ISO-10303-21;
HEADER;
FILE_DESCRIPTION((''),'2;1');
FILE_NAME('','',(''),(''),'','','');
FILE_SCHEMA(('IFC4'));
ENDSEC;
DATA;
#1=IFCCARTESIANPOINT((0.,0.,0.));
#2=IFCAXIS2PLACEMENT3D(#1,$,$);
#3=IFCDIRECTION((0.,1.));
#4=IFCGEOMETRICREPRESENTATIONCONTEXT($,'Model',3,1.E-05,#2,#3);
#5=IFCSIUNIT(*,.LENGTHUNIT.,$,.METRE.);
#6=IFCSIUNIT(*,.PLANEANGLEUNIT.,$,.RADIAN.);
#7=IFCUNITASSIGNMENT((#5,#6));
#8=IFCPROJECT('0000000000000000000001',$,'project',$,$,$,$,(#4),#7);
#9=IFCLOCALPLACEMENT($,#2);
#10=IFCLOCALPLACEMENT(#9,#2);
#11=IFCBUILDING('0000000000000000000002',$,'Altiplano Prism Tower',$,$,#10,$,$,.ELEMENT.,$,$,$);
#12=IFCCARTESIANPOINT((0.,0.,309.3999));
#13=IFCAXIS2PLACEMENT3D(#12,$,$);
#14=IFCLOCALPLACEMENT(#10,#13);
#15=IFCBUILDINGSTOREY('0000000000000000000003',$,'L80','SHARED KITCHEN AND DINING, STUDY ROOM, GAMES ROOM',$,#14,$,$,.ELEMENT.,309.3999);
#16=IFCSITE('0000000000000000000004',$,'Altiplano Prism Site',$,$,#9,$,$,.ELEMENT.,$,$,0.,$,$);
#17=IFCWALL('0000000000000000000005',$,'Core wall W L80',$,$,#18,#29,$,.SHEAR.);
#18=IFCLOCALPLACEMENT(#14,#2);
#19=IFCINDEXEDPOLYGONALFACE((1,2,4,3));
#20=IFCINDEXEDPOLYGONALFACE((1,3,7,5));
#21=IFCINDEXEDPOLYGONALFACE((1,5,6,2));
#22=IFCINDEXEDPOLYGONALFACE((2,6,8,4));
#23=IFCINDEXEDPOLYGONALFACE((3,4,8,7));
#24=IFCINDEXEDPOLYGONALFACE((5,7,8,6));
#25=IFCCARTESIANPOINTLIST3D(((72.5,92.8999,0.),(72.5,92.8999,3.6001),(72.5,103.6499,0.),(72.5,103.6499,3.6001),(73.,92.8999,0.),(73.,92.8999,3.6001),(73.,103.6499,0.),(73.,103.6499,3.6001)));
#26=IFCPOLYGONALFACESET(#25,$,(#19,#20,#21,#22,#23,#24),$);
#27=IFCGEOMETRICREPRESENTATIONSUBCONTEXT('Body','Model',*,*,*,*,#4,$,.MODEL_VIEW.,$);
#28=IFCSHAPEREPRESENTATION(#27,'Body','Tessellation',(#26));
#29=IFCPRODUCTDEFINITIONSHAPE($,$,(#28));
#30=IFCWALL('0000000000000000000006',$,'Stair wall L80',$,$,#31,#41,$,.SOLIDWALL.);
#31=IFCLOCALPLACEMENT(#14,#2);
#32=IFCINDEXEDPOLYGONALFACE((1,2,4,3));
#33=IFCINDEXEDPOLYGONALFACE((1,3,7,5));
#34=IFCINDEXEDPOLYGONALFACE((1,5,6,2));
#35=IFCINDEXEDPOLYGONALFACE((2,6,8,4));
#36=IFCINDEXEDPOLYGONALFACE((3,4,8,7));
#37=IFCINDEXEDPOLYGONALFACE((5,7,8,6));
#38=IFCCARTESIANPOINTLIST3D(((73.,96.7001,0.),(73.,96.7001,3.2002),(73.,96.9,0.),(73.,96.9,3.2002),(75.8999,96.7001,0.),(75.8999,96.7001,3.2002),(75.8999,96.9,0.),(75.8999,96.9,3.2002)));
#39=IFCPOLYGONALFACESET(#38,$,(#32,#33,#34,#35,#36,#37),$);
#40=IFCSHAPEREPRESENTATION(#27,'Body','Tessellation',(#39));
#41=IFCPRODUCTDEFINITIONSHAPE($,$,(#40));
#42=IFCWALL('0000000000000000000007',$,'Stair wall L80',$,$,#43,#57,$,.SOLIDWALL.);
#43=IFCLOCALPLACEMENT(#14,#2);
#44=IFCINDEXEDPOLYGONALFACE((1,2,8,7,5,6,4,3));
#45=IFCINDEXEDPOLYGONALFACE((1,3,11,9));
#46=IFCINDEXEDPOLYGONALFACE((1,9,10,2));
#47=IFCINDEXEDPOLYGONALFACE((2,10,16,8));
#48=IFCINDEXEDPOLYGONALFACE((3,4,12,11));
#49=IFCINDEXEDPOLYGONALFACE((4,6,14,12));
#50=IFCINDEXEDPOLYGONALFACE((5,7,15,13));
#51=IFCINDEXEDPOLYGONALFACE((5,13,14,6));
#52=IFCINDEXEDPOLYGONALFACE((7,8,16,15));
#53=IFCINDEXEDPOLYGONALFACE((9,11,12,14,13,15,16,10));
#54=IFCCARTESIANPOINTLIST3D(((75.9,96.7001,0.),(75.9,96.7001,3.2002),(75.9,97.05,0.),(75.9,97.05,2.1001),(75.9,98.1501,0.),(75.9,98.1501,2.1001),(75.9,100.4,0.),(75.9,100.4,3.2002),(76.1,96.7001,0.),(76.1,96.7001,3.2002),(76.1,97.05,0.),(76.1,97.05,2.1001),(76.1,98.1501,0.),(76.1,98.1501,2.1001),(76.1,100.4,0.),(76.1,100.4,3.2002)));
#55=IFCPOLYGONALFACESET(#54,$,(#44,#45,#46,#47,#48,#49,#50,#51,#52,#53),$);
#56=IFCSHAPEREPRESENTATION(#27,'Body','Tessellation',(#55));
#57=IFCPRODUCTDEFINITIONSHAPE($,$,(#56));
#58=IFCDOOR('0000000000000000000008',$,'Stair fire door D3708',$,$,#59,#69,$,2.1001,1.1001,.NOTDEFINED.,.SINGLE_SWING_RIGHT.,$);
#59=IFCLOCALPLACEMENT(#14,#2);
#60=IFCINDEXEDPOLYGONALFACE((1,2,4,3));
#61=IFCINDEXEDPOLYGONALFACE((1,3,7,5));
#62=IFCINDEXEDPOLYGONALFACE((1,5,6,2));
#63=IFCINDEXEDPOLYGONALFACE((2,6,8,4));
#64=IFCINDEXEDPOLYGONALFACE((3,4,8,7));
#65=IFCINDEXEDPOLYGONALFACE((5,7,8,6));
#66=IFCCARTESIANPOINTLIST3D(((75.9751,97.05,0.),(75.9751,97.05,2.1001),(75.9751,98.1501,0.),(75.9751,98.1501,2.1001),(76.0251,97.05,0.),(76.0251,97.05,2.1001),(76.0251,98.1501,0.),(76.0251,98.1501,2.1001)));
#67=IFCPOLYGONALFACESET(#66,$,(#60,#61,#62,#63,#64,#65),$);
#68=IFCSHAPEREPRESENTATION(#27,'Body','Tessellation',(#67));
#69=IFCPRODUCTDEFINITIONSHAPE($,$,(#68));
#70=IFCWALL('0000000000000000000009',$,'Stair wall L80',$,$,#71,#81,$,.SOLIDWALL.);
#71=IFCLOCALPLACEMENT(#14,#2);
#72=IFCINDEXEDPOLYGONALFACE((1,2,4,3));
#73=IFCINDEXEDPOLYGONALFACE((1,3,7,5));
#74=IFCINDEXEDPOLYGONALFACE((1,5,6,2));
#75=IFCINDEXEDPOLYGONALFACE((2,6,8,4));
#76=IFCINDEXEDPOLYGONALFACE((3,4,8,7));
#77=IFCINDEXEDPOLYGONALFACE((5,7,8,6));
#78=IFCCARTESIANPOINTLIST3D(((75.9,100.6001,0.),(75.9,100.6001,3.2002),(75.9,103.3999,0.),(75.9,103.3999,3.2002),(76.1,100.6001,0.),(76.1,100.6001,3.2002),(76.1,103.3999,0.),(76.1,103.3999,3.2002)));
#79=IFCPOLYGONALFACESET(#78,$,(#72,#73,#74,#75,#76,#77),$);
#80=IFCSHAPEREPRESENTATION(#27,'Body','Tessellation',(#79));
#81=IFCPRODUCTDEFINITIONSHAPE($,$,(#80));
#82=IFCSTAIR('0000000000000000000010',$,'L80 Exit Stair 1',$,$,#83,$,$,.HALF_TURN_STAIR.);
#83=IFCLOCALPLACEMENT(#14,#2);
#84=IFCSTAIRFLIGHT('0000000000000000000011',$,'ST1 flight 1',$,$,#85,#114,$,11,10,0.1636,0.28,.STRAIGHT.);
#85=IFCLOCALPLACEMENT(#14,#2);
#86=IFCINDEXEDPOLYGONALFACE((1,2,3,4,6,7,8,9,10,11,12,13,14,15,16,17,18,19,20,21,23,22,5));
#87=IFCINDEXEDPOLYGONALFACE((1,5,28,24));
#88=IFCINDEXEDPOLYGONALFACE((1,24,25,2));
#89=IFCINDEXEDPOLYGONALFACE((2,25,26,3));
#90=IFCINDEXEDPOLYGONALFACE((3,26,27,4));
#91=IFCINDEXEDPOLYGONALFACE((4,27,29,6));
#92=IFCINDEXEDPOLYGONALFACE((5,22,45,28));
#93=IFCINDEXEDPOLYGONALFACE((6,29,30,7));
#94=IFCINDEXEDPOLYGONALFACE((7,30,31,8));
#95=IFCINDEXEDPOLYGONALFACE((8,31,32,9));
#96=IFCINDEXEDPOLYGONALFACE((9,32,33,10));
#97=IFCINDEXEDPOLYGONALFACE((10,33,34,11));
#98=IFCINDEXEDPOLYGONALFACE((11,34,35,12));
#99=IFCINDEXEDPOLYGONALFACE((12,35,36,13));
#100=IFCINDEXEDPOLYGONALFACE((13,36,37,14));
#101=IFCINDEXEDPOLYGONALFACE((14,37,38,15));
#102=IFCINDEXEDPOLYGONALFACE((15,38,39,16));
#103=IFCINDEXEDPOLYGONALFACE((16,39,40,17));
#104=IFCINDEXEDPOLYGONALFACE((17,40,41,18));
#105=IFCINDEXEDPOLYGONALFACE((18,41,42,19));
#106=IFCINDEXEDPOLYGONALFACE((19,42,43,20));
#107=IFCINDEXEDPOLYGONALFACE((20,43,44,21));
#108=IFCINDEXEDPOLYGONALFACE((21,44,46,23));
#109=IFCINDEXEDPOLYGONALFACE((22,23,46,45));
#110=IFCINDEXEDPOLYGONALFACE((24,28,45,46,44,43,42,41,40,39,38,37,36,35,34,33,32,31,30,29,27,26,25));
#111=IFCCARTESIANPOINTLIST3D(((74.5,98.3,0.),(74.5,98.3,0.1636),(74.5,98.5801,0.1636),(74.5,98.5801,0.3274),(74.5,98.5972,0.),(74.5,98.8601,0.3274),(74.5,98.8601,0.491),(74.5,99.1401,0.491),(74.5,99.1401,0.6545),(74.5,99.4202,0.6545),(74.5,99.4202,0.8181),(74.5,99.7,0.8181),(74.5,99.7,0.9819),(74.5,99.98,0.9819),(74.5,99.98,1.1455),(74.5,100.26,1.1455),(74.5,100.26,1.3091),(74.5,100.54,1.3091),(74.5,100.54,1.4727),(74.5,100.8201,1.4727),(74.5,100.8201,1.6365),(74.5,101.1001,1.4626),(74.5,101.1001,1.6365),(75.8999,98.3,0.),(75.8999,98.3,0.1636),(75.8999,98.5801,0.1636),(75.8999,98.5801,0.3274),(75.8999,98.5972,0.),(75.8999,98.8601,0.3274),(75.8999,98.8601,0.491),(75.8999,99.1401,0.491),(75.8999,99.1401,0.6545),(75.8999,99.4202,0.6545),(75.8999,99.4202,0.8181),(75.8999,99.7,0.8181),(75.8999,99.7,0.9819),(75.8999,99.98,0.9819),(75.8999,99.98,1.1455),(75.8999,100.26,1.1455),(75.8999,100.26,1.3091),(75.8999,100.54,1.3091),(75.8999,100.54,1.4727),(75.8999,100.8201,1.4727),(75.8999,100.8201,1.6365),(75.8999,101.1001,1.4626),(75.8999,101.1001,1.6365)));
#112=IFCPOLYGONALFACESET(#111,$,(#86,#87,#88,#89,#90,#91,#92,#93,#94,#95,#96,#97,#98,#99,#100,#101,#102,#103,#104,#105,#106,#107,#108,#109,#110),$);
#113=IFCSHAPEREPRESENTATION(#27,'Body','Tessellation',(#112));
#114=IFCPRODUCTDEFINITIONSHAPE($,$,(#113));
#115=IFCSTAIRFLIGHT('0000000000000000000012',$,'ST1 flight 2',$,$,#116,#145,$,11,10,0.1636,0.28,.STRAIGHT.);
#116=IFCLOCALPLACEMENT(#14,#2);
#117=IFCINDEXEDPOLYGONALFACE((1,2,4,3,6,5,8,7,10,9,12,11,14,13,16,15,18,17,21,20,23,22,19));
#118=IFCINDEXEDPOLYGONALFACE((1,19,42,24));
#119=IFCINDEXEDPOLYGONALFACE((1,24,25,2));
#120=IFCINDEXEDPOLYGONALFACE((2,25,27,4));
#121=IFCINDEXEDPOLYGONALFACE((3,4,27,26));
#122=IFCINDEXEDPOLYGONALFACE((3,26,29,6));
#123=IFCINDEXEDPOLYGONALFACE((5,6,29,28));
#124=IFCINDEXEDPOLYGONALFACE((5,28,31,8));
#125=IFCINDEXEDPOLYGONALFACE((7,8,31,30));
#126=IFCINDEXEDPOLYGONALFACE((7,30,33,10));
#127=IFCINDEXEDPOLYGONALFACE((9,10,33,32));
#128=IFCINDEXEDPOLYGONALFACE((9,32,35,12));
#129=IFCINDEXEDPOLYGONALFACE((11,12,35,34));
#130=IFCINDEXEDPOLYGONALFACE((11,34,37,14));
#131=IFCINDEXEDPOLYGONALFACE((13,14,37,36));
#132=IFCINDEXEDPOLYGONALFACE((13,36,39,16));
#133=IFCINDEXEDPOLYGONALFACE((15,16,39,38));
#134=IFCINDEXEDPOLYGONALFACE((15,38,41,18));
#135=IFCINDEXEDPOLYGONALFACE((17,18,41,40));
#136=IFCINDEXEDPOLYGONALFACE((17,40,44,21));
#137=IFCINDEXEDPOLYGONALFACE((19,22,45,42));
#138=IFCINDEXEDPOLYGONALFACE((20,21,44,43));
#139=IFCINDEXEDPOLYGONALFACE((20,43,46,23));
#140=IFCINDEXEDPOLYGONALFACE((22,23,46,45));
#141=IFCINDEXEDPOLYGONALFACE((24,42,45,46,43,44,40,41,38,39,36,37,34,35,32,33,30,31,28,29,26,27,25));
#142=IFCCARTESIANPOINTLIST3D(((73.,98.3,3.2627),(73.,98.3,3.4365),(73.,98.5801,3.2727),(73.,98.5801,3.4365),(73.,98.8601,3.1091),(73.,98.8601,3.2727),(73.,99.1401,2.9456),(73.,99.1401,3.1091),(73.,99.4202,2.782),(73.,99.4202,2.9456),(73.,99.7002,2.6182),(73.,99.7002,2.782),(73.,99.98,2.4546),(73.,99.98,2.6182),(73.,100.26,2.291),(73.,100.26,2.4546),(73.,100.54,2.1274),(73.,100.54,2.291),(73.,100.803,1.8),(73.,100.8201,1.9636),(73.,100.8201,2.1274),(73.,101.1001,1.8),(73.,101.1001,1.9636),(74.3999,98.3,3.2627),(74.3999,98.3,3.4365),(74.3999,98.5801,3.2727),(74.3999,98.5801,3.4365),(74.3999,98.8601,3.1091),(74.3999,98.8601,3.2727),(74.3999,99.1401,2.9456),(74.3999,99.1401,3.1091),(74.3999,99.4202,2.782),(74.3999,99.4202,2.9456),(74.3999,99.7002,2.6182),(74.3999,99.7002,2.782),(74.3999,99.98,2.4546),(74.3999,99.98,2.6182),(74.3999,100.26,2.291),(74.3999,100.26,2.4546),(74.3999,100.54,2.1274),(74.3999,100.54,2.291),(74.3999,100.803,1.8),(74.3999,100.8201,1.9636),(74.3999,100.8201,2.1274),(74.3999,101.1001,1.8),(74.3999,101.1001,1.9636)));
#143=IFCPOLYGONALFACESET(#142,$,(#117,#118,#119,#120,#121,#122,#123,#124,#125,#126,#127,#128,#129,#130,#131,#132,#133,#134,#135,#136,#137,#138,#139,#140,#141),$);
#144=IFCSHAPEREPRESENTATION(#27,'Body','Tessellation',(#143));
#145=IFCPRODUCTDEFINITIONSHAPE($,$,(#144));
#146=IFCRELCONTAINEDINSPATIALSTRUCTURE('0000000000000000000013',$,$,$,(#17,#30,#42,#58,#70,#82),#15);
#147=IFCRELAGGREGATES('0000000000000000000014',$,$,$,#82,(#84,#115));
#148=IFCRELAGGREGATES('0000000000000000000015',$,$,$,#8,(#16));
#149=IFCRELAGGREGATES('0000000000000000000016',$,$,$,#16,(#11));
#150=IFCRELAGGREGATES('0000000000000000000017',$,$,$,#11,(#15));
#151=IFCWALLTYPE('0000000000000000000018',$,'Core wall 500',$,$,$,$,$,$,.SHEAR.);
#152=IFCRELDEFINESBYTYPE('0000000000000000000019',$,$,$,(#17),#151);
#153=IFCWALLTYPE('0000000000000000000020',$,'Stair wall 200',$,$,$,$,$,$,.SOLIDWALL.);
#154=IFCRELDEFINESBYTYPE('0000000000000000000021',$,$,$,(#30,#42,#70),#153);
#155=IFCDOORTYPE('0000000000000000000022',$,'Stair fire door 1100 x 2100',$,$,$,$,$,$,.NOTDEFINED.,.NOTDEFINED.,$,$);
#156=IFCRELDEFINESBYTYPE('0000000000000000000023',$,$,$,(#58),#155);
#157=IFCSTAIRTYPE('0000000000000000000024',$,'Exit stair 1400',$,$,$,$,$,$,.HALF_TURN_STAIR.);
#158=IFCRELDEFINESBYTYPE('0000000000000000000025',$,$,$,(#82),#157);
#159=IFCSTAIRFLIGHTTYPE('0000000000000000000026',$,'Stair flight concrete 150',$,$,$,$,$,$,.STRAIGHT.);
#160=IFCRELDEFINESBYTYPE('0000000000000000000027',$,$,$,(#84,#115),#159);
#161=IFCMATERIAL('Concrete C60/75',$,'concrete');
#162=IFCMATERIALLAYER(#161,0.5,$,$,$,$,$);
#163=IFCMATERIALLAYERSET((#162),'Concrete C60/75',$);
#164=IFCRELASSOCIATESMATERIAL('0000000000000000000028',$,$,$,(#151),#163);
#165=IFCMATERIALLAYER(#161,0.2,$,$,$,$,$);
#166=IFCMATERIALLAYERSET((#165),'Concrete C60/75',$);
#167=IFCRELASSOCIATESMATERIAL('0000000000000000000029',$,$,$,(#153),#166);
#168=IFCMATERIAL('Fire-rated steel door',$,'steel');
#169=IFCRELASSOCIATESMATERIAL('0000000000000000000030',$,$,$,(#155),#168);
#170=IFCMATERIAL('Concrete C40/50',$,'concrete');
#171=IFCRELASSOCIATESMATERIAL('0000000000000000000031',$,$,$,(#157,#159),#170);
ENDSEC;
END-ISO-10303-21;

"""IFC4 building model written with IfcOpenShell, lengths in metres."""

from ifc_helpers import new_model, si_unit, direction, frame, frame_2d, origin, place, context, subcontext, project, spatial, polyline, rectangle, outline, extrude, material, layer, layer_set, type_object, element, fill, aggregate, save


model = new_model("IFC4")

# Units and contexts
model_context = context("Model", 3, precision=1e-05, world=origin(), true_north=direction((0.0, 1.0)))
body_context = subcontext(model_context, "Body", "Model", "MODEL_VIEW")
ifc_project = project(units=[si_unit("LENGTHUNIT", "METRE"), si_unit("PLANEANGLEUNIT", "RADIAN")], contexts=[model_context])

# Site, building, storey
site_placement = place(None, origin())
site = spatial("IfcSite", under=ifc_project, at=site_placement, Name="Altiplano Prism Site", CompositionType="ELEMENT", RefElevation=0.0)
building_placement = place(site_placement, origin())
building = spatial("IfcBuilding", under=site, at=building_placement, Name="Altiplano Prism Tower", CompositionType="ELEMENT")
storey_placement = place(building_placement, frame((0.0, 0.0, 309.3999)))
storey = spatial("IfcBuildingStorey", under=building, at=storey_placement, Name="L80", Description="SHARED KITCHEN AND DINING, STUDY ROOM, GAMES ROOM", CompositionType="ELEMENT", Elevation=309.3999)

# Walls
ifc_material_1 = material(Name="Concrete C60/75", Category="concrete")
ifc_layer_1 = layer(ifc_material_1, 0.5)
ifc_layer_set_1 = layer_set([ifc_layer_1], Name="Concrete C60/75")
wall_type_1 = type_object("IfcWallType", Name="Core wall 500", PredefinedType="SHEAR", material=ifc_layer_set_1)
wall_1_placement = place(storey_placement, frame((72.75, 103.6499, 0.0), z_axis=(0.0, 0.0, 1.0), x_axis=(0.0, -1.0, 0.0)))
element("IfcWall", 1, at=wall_1_placement, inside=storey, type_object=wall_type_1, Name="Core wall W L80", PredefinedType="SHEAR", context=body_context, shape_type="SweptSolid", body=[
    extrude(rectangle(XDim=10.75, YDim=0.5, at=frame_2d((5.375, 0.0))), origin(), (0.0, 0.0, 1.0), 3.6001),
])
ifc_layer_2 = layer(ifc_material_1, 0.2)
ifc_layer_set_2 = layer_set([ifc_layer_2], Name="Concrete C60/75")
wall_type_2 = type_object("IfcWallType", Name="Stair wall 200", PredefinedType="SOLIDWALL", material=ifc_layer_set_2)
wall_2_placement = place(storey_placement, frame((73.0, 96.8, 0.0), z_axis=(0.0, 0.0, 1.0), x_axis=(1.0, 0.0, 0.0)))
element("IfcWall", 2, at=wall_2_placement, inside=storey, type_object=wall_type_2, Name="Stair wall L80", PredefinedType="SOLIDWALL", context=body_context, shape_type="SweptSolid", body=[
    extrude(rectangle(XDim=2.8999, YDim=0.2, at=frame_2d((1.45, 0.0))), origin(), (0.0, 0.0, 1.0), 3.2002),
])

# Wall, opening, door
wall_3_placement = place(storey_placement, frame((76.0, 96.7, 0.0), z_axis=(0.0, 0.0, 1.0), x_axis=(0.0, 1.0, 0.0)))
wall_3 = element("IfcWall", 3, at=wall_3_placement, inside=storey, type_object=wall_type_2, Name="Stair wall L80", PredefinedType="SOLIDWALL", context=body_context, shape_type="SweptSolid", body=[
    extrude(rectangle(XDim=3.7, YDim=0.2, at=frame_2d((1.8501, 0.0))), origin(), (0.0, 0.0, 1.0), 3.2002),
])
opening_1_placement = place(wall_3_placement, frame((0.3501, 0.0, 0.0)))
opening_1 = element("IfcOpeningElement", 4, at=opening_1_placement, cuts=wall_3, PredefinedType="OPENING", context=body_context, shape_type="SweptSolid", body=[
    extrude(rectangle(XDim=1.1001, YDim=2.1001, at=frame_2d((0.55, 1.05))), frame((0.0, 0.1104, 0.0), z_axis=(0.0, -1.0, 0.0), x_axis=(1.0, 0.0, 0.0)), (0.0, 0.0, 1.0), 0.2209),
])
ifc_material_2 = material(Name="Fire-rated steel door", Category="steel")
door_type_1 = type_object("IfcDoorType", Name="Stair fire door 1100 x 2100", OperationType="NOTDEFINED", PredefinedType="NOTDEFINED", material=ifc_material_2)
door_1_placement = place(opening_1_placement, origin())
door_1 = element("IfcDoor", 5, at=door_1_placement, inside=storey, type_object=door_type_1, Name="Stair fire door D3708", OperationType="SINGLE_SWING_RIGHT", OverallHeight=2.1001, OverallWidth=1.1001, PredefinedType="NOTDEFINED", context=body_context, shape_type="SweptSolid", body=[
    extrude(rectangle(XDim=1.1001, YDim=2.1001, at=frame_2d((0.55, 1.05))), frame((0.0, 0.0249, 0.0), z_axis=(0.0, -1.0, 0.0), x_axis=(1.0, 0.0, 0.0)), (0.0, 0.0, 1.0), 0.05),
])
fill(opening_1, door_1)

# Wall
wall_4_placement = place(storey_placement, frame((76.0, 100.6001, 0.0), z_axis=(0.0, 0.0, 1.0), x_axis=(0.0, 1.0, 0.0)))
element("IfcWall", 6, at=wall_4_placement, inside=storey, type_object=wall_type_2, Name="Stair wall L80", PredefinedType="SOLIDWALL", context=body_context, shape_type="SweptSolid", body=[
    extrude(rectangle(XDim=2.7998, YDim=0.2, at=frame_2d((1.3999, 0.0))), origin(), (0.0, 0.0, 1.0), 3.2002),
])

# Stair, stair flights
ifc_material_3 = material(Name="Concrete C40/50", Category="concrete")
stair_type = type_object("IfcStairType", Name="Exit stair 1400", PredefinedType="HALF_TURN_STAIR", material=ifc_material_3)
stair_placement = place(storey_placement, origin())
stair = element("IfcStair", 7, at=stair_placement, inside=storey, type_object=stair_type, Name="L80 Exit Stair 1", PredefinedType="HALF_TURN_STAIR")
stair_flight_type = type_object("IfcStairFlightType", Name="Stair flight concrete 150", PredefinedType="STRAIGHT", material=ifc_material_3)
stair_flight_1_placement = place(storey_placement, frame((75.2, 98.3, 0.0), z_axis=(0.0, 0.0, 1.0), x_axis=(0.0, 1.0, 0.0)))
stair_flight_1 = element("IfcStairFlight", 8, at=stair_flight_1_placement, type_object=stair_flight_type, Name="ST1 flight 1", NumberOfRisers=11, NumberOfTreads=10, PredefinedType="STRAIGHT", RiserHeight=0.1636, TreadLength=0.28, context=body_context, shape_type="SweptSolid", body=[
    extrude(outline(polyline([(0.0, 0.0), (0.0, 0.1636), (0.28, 0.1636), (0.28, 0.3274), (0.5601, 0.3274), (0.5601, 0.491), (0.8401, 0.491), (0.8401, 0.6545), (1.1201, 0.6545), (1.1201, 0.8181), (1.3999, 0.8181), (1.3999, 0.9819), (1.6799, 0.9819), (1.6799, 1.1455), (1.96, 1.1455), (1.96, 1.3091), (2.24, 1.3091), (2.24, 1.4727), (2.52, 1.4727), (2.52, 1.6365), (2.8, 1.6365), (2.8, 1.8), (2.8, 1.4626), (0.2971, 0.0), (0.0, 0.0)])), frame((0.0, 0.7, 0.0), z_axis=(0.0, -1.0, 0.0), x_axis=(1.0, 0.0, 0.0)), (0.0, 0.0, 1.0), 1.3999),
])
stair_flight_2_placement = place(storey_placement, frame((73.7, 101.1001, 1.8), z_axis=(0.0, 0.0, 1.0), x_axis=(0.0, -1.0, 0.0)))
stair_flight_2 = element("IfcStairFlight", 9, at=stair_flight_2_placement, type_object=stair_flight_type, Name="ST1 flight 2", NumberOfRisers=11, NumberOfTreads=10, PredefinedType="STRAIGHT", RiserHeight=0.1636, TreadLength=0.28, context=body_context, shape_type="SweptSolid", body=[
    extrude(outline(polyline([(0.0, 0.0), (0.0, 0.1636), (0.28, 0.1636), (0.28, 0.3274), (0.5601, 0.3274), (0.5601, 0.491), (0.8401, 0.491), (0.8401, 0.6545), (1.1201, 0.6545), (1.1201, 0.8181), (1.3999, 0.8181), (1.3999, 0.9819), (1.6799, 0.9819), (1.6799, 1.1455), (1.96, 1.1455), (1.96, 1.3091), (2.24, 1.3091), (2.24, 1.4727), (2.52, 1.4727), (2.52, 1.6365), (2.8, 1.6365), (2.8, 1.8), (2.8, 1.4626), (0.2971, 0.0), (0.0, 0.0)])), frame((0.0, 0.7, 0.0), z_axis=(0.0, -1.0, 0.0), x_axis=(1.0, 0.0, 0.0)), (0.0, 0.0, 1.0), 1.3999),
])
aggregate(stair, [stair_flight_1, stair_flight_2])

save(model, "model.ifc")
